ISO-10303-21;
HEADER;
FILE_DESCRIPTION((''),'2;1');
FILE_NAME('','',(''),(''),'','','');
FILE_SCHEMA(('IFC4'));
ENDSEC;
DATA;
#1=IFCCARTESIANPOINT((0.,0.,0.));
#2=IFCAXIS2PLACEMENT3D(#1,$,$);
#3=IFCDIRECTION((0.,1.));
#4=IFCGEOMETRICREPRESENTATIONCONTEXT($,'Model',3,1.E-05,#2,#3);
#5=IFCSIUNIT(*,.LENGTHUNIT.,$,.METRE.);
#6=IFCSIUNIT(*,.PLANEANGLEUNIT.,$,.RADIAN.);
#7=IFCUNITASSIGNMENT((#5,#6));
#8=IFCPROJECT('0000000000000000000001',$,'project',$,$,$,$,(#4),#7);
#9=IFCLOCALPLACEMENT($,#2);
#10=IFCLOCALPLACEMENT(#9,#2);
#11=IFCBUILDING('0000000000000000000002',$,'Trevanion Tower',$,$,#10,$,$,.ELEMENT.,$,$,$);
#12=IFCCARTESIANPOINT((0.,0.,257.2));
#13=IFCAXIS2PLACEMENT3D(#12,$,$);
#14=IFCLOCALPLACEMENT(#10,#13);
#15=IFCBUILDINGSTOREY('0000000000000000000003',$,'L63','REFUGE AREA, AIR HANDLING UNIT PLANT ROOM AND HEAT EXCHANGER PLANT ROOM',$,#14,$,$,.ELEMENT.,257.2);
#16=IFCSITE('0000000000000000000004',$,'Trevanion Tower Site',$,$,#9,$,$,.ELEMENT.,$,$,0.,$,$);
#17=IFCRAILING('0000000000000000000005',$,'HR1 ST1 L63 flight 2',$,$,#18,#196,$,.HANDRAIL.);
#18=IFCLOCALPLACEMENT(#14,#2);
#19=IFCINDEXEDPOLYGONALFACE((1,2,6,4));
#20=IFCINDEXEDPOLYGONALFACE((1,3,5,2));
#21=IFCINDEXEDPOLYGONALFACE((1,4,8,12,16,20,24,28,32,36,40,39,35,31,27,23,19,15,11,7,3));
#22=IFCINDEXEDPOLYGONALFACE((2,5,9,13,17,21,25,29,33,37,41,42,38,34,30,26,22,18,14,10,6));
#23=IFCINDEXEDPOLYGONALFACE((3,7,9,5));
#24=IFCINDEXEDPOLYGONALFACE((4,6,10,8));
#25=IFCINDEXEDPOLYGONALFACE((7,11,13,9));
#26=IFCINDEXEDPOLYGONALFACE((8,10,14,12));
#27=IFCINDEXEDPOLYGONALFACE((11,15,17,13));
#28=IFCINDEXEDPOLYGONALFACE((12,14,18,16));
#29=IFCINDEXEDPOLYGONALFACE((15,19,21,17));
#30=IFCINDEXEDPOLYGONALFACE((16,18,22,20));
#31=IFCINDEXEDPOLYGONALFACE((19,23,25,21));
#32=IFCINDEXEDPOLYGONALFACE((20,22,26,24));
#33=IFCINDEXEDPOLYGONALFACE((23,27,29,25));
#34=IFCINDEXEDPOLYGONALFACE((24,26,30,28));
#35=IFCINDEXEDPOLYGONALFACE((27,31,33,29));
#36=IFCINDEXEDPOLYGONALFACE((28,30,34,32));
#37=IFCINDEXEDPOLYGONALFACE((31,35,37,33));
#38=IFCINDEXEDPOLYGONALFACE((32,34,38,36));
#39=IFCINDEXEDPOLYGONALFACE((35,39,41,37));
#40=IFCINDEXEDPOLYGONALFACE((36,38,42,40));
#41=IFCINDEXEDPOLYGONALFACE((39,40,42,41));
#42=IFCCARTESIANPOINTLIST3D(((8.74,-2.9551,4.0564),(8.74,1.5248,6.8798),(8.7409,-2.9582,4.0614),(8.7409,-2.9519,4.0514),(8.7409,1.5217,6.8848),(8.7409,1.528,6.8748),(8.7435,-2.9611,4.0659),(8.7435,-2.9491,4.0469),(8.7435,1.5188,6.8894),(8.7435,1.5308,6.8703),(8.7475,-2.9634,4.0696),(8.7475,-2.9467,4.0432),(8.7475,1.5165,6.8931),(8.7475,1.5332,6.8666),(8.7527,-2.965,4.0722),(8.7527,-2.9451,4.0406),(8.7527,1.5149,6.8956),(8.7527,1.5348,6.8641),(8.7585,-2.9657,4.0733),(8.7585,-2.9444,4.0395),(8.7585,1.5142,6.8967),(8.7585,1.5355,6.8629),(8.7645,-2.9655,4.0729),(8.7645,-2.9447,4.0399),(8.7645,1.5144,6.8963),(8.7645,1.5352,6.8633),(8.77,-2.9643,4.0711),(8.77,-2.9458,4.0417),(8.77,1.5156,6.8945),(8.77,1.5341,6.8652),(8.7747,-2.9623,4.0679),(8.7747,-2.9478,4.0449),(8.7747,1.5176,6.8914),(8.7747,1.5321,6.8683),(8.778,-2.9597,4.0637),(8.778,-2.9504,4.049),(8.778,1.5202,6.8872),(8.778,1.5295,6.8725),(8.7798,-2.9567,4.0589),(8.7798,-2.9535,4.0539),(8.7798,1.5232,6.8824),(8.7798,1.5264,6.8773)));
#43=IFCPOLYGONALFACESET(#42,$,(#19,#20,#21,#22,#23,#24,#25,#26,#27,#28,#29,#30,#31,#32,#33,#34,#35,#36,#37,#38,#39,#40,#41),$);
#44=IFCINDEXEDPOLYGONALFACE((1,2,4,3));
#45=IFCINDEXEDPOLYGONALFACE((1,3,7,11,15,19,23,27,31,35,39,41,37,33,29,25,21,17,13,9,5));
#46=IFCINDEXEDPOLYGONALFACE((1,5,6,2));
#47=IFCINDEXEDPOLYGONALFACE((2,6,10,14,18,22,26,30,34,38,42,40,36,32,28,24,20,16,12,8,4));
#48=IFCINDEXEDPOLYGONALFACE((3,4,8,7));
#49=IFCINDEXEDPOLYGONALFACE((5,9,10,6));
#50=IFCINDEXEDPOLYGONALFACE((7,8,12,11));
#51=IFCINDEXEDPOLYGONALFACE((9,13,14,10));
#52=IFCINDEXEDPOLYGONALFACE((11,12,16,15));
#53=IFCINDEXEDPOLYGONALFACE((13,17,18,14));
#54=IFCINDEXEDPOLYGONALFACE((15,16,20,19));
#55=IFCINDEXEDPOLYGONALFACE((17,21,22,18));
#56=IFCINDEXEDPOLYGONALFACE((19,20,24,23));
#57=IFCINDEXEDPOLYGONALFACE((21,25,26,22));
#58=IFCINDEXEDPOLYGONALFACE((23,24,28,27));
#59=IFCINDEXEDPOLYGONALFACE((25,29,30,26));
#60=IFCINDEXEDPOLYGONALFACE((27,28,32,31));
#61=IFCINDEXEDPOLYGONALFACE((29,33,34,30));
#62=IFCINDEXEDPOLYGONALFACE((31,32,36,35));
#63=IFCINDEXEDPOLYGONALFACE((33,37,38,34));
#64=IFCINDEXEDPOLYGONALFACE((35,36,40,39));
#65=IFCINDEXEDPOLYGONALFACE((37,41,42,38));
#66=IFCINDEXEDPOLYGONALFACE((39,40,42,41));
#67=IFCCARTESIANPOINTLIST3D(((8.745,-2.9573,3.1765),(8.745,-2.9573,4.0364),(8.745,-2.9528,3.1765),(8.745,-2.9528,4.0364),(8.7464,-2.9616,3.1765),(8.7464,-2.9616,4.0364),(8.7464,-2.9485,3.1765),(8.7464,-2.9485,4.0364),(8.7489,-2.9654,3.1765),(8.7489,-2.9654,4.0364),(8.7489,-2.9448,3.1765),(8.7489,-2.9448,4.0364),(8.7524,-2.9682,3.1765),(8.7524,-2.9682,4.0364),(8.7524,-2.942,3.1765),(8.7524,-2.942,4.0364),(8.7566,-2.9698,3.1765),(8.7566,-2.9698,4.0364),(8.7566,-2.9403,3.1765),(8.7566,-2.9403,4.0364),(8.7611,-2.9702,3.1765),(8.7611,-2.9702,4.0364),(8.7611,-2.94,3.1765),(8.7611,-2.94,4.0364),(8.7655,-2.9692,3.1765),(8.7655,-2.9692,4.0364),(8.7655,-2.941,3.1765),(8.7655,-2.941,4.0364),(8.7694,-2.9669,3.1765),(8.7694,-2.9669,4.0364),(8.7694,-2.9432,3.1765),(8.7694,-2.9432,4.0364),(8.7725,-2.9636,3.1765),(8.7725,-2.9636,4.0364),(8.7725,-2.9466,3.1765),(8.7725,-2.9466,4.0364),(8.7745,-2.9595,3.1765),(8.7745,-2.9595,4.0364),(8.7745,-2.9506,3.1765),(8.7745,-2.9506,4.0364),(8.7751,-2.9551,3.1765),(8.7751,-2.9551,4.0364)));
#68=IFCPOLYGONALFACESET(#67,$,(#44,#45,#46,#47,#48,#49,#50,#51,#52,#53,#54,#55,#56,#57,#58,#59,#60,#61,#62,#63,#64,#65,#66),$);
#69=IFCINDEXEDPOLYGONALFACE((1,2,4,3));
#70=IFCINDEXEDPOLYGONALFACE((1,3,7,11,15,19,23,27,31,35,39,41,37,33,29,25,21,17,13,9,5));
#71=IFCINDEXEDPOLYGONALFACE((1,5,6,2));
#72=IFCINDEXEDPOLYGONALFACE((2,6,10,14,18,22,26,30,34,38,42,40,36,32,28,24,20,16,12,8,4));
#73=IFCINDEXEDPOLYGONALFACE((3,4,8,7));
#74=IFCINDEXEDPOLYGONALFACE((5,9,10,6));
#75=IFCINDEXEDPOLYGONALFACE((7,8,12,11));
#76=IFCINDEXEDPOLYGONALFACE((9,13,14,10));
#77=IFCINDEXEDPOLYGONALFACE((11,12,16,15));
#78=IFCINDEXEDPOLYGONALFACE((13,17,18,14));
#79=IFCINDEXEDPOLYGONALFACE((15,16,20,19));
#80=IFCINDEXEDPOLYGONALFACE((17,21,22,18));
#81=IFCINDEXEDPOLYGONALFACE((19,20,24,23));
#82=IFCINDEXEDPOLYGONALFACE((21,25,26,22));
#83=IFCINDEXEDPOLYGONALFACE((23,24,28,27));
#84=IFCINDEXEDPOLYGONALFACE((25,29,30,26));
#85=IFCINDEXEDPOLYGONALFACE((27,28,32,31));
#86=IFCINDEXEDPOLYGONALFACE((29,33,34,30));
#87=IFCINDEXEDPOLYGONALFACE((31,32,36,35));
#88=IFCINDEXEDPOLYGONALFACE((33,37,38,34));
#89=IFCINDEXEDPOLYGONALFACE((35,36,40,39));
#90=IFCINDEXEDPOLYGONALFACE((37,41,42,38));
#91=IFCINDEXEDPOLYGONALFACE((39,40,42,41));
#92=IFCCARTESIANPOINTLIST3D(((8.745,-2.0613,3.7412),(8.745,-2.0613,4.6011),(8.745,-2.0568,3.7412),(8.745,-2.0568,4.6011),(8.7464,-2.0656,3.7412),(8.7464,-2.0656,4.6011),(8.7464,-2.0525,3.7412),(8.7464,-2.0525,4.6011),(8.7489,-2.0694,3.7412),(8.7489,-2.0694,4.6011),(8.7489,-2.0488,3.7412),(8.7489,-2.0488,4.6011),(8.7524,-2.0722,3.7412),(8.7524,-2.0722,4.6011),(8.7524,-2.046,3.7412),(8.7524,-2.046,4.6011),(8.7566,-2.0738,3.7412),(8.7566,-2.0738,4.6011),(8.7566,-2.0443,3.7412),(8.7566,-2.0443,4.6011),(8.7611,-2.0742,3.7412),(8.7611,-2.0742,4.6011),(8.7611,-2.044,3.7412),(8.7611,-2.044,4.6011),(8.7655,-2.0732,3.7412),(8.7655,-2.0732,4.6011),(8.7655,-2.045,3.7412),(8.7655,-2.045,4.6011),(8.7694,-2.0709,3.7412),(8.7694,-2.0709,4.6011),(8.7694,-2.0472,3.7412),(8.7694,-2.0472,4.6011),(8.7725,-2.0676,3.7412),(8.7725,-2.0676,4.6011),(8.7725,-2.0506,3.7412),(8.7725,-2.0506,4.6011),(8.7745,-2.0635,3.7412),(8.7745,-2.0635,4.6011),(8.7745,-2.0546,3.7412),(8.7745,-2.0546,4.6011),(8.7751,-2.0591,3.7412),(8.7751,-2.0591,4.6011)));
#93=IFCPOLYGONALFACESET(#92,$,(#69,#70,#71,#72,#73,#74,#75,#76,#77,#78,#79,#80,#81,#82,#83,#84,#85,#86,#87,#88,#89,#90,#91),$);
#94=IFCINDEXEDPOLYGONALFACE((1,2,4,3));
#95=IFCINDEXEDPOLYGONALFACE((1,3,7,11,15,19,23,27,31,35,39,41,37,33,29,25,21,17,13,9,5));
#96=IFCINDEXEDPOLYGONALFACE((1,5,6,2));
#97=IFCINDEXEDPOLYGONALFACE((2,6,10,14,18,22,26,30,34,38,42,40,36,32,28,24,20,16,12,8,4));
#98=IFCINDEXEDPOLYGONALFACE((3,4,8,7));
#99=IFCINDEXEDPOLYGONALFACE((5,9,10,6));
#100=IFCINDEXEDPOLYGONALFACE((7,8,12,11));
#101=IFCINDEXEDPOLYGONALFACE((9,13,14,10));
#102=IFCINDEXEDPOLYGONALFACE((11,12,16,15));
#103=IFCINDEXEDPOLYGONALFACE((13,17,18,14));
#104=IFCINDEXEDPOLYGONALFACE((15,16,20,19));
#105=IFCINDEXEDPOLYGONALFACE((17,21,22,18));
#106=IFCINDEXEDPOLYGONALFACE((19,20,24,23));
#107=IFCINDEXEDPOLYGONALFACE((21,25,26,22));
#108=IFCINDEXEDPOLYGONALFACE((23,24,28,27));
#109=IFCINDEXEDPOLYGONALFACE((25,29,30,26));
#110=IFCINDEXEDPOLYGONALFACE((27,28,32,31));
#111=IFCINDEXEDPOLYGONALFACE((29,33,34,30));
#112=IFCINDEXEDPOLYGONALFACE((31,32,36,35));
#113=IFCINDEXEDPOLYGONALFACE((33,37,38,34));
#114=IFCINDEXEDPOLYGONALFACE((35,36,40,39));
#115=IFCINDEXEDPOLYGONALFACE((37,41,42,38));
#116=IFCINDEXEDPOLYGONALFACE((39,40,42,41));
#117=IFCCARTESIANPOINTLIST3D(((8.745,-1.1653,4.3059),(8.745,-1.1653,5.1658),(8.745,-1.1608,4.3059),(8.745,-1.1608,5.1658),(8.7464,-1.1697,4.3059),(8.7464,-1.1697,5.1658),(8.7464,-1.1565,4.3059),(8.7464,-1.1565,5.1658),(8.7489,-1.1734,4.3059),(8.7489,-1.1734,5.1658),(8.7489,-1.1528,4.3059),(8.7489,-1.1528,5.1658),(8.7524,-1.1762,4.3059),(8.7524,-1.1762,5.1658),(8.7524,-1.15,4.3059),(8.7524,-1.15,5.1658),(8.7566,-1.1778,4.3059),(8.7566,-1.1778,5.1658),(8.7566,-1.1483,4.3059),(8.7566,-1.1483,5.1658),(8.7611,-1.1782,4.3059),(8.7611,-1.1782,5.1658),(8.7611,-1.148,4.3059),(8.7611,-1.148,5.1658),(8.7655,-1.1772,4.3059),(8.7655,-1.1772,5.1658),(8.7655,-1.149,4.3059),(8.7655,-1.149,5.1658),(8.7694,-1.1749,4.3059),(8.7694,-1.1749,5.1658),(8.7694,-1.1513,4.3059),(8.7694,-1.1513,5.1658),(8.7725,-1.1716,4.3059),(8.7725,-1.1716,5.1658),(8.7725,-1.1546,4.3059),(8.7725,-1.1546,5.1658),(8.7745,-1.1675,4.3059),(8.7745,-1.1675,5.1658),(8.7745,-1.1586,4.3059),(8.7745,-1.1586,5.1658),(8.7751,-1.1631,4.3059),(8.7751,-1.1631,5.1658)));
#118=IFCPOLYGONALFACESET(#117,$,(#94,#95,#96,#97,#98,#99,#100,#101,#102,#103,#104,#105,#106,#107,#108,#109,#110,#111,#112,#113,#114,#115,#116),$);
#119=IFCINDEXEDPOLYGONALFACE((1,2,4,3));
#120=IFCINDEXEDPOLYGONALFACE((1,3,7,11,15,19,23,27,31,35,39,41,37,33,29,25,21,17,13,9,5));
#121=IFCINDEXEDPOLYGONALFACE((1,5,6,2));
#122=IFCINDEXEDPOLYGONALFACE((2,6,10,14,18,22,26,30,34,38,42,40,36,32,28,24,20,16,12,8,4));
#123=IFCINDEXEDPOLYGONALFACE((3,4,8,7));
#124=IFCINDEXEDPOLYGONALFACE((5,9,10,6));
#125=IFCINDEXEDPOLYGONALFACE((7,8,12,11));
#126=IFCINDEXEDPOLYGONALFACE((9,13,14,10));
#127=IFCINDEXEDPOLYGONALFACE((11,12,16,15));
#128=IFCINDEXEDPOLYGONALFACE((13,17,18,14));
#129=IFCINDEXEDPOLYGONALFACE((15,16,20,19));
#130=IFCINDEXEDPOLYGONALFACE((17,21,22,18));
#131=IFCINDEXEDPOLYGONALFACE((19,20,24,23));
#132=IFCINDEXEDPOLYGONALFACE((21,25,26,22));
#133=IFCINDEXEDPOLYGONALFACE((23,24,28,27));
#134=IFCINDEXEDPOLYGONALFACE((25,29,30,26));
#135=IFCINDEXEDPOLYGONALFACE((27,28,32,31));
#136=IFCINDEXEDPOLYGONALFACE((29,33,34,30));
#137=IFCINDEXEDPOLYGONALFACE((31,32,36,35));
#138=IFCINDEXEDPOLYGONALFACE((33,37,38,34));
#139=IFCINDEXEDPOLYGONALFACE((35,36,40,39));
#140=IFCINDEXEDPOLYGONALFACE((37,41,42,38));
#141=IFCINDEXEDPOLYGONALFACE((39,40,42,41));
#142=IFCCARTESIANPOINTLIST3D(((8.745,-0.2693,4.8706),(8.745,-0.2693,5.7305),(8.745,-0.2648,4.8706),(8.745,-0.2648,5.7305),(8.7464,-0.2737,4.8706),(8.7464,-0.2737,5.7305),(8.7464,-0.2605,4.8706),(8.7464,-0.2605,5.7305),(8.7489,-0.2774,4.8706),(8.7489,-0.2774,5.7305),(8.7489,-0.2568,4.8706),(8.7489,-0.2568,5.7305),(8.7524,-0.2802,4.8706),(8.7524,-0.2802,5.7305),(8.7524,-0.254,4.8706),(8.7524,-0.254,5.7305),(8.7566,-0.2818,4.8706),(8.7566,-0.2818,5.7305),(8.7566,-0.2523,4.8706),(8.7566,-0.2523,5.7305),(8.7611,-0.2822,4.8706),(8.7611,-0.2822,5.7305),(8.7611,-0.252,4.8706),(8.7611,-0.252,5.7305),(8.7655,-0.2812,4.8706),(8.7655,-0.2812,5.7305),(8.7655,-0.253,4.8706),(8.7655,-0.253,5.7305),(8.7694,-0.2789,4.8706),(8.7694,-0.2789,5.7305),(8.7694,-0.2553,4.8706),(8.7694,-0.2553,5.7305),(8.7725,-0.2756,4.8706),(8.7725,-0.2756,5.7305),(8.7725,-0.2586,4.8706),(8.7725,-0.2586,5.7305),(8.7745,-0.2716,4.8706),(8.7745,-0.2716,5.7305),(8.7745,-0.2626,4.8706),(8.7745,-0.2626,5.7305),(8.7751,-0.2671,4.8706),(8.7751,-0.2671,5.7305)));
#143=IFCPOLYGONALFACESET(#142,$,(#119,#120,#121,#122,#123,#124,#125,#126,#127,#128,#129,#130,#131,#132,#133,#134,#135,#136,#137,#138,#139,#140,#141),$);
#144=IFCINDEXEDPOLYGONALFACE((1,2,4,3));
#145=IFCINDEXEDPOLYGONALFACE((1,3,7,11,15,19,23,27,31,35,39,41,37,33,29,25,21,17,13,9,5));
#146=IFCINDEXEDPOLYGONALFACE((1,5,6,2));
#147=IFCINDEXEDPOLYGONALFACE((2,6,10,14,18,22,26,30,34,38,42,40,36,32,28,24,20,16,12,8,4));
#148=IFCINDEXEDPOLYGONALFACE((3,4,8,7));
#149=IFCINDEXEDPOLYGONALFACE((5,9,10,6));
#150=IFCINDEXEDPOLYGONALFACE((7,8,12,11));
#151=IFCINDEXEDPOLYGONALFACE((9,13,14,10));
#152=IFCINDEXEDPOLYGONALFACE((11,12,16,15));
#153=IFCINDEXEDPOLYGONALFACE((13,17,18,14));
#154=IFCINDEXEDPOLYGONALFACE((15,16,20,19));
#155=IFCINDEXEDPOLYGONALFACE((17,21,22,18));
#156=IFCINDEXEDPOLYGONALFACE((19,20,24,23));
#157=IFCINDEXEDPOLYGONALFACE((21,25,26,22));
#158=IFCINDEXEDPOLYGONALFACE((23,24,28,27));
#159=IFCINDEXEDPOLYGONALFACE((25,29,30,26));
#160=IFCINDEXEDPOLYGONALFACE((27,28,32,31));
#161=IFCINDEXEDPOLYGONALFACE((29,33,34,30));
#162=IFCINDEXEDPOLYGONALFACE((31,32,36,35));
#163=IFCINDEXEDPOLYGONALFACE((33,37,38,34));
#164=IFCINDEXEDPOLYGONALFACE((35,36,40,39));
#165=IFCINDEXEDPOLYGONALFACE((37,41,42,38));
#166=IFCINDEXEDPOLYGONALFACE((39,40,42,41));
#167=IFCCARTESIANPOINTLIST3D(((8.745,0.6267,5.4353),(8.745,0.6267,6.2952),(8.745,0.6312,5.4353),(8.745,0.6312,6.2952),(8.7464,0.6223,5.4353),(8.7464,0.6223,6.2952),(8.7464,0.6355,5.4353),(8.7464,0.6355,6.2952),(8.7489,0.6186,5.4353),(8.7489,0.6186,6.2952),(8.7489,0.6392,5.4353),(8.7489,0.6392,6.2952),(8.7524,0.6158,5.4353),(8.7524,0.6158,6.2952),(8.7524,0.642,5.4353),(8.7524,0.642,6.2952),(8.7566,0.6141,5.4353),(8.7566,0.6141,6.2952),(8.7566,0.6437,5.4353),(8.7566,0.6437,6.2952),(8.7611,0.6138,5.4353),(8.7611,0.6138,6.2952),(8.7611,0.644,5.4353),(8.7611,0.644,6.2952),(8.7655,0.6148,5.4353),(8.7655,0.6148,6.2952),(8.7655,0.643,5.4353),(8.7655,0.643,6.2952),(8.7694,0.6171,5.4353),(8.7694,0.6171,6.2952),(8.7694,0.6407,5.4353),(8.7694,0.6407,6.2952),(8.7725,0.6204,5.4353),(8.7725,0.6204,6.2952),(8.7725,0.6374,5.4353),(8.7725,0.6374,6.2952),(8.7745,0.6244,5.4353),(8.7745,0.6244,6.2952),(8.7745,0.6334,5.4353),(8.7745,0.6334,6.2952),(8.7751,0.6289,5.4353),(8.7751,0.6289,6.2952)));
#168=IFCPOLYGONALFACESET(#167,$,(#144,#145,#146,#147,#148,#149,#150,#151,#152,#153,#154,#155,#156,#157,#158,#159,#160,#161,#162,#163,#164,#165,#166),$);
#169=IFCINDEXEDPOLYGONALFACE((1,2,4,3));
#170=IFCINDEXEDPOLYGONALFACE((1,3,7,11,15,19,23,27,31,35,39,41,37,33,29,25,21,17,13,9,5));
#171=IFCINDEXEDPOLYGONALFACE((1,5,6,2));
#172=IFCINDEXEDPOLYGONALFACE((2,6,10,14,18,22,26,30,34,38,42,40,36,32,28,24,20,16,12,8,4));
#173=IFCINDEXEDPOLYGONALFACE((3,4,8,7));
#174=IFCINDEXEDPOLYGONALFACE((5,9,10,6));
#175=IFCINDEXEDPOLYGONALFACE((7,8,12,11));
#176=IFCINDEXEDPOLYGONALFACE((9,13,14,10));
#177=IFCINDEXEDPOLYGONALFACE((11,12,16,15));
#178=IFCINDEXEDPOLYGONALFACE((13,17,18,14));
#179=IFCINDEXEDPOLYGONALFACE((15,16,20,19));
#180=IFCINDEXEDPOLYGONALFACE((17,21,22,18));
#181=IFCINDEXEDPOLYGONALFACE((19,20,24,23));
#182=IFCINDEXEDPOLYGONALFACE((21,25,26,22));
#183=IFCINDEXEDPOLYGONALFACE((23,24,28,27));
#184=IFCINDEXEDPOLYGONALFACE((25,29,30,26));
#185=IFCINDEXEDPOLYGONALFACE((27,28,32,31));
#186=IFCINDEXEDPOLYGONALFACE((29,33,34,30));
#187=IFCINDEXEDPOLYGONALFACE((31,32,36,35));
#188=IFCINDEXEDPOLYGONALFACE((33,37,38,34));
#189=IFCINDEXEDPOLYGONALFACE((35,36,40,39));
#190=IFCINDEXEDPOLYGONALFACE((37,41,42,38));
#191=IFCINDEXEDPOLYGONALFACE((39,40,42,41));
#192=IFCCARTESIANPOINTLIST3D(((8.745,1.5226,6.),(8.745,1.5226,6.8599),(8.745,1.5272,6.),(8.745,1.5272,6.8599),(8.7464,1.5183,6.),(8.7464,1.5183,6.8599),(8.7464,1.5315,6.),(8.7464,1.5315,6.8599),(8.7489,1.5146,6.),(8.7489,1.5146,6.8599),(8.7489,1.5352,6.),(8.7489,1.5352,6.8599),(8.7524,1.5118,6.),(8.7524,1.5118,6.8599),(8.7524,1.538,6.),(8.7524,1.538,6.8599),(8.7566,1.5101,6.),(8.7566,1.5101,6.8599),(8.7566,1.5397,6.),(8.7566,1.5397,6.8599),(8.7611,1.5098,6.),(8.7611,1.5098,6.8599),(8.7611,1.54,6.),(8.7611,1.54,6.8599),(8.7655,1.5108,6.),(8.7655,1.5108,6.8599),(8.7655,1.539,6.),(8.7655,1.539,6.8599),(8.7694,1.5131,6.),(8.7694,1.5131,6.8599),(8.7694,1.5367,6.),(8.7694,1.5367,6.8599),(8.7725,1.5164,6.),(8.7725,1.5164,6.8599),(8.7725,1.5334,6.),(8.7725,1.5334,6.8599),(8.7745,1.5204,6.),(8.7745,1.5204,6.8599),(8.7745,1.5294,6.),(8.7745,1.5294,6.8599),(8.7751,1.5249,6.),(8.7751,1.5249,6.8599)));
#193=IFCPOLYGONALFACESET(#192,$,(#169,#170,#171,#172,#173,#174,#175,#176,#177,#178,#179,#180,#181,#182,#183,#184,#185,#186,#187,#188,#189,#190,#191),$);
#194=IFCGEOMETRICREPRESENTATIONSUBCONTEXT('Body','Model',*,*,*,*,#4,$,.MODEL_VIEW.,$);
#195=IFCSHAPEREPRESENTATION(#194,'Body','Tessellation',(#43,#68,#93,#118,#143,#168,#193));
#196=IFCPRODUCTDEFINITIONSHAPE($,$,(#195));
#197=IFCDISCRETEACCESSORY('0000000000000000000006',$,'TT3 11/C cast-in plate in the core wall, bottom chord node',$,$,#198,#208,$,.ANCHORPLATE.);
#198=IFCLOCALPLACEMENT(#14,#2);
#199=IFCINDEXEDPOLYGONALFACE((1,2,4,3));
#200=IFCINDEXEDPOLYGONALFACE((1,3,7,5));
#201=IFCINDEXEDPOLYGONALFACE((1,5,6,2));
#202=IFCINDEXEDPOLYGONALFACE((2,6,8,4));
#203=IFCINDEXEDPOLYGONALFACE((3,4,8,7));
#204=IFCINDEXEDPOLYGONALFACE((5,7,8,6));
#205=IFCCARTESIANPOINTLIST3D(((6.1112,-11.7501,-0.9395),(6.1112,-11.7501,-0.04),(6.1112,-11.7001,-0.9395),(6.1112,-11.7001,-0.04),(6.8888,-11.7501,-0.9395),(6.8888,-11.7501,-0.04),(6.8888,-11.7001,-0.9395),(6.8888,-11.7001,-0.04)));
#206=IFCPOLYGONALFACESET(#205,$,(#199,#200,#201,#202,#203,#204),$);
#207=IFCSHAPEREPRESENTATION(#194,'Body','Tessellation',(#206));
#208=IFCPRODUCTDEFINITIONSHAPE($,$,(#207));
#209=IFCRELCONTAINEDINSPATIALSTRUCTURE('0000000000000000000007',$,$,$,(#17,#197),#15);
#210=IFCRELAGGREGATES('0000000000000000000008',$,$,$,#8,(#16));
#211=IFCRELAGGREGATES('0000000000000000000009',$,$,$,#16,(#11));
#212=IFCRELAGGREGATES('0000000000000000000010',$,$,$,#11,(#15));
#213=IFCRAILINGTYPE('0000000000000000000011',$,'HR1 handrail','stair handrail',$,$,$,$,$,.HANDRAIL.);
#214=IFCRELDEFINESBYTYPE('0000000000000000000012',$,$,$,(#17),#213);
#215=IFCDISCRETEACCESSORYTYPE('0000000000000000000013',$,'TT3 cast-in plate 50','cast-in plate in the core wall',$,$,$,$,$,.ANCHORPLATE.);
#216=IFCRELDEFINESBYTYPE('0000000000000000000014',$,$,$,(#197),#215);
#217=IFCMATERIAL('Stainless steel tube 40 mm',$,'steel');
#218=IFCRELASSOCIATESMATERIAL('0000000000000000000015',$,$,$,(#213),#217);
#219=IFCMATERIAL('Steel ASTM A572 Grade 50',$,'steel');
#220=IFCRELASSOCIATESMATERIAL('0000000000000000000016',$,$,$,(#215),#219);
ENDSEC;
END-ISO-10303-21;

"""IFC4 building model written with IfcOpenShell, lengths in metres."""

from ifc_helpers import new_model, si_unit, direction, frame, origin, origin_2d, place, context, subcontext, project, spatial, rectangle, circle, extrude, material, type_object, element, save


model = new_model("IFC4")

# Units and contexts
model_context = context("Model", 3, precision=1e-05, world=origin(), true_north=direction((0.0, 1.0)))
body_context = subcontext(model_context, "Body", "Model", "MODEL_VIEW")
ifc_project = project(units=[si_unit("LENGTHUNIT", "METRE"), si_unit("PLANEANGLEUNIT", "RADIAN")], contexts=[model_context])

# Site, building, storey
site_placement = place(None, origin())
site = spatial("IfcSite", under=ifc_project, at=site_placement, Name="Trevanion Tower Site", CompositionType="ELEMENT", RefElevation=0.0)
building_placement = place(site_placement, origin())
building = spatial("IfcBuilding", under=site, at=building_placement, Name="Trevanion Tower", CompositionType="ELEMENT")
storey_placement = place(building_placement, frame((0.0, 0.0, 257.2)))
storey = spatial("IfcBuildingStorey", under=building, at=storey_placement, Name="L63", Description="REFUGE AREA, AIR HANDLING UNIT PLANT ROOM AND HEAT EXCHANGER PLANT ROOM", CompositionType="ELEMENT", Elevation=257.2)

# Railing
ifc_material_1 = material(Name="Stainless steel tube 40 mm", Category="steel")
railing_type = type_object("IfcRailingType", Name="HR1 handrail", Description="stair handrail", PredefinedType="HANDRAIL", material=ifc_material_1)
for number, where, name in (
    (1, (8.76, -2.9551, 3.1765), "HR1 ST1 L63 flight 2"),
):
    element("IfcRailing", number, at=place(storey_placement, frame(where)), inside=storey, type_object=railing_type, Name=name, PredefinedType="HANDRAIL", context=body_context, shape_type="SweptSolid", body=[
        extrude(circle(Radius=0.02, at=origin_2d()), frame((0.0, 0.0, 0.8799), z_axis=(0.0, 0.845998, 0.533186), x_axis=(-1.0, 0.0, 0.0)), (0.0, 0.0, 1.0), 5.2954),
        extrude(circle(Radius=0.0151, at=origin_2d()), origin(), (0.0, 0.0, 1.0), 0.8599),
        extrude(circle(Radius=0.0151, at=origin_2d()), frame((0.0, 0.896, 0.5647)), (0.0, 0.0, 1.0), 0.8599),
        extrude(circle(Radius=0.0151, at=origin_2d()), frame((0.0, 1.792, 1.1294)), (0.0, 0.0, 1.0), 0.8599),
        extrude(circle(Radius=0.0151, at=origin_2d()), frame((0.0, 2.688, 1.6941)), (0.0, 0.0, 1.0), 0.8599),
        extrude(circle(Radius=0.0151, at=origin_2d()), frame((0.0, 3.584, 2.2588)), (0.0, 0.0, 1.0), 0.8599),
        extrude(circle(Radius=0.0151, at=origin_2d()), frame((0.0, 4.48, 2.8235)), (0.0, 0.0, 1.0), 0.8599),
    ])

# Discrete accessory
ifc_material_2 = material(Name="Steel ASTM A572 Grade 50", Category="steel")
discrete_accessory_type = type_object("IfcDiscreteAccessoryType", Name="TT3 cast-in plate 50", Description="cast-in plate in the core wall", PredefinedType="ANCHORPLATE", material=ifc_material_2)
for number, where, z_axis, x_axis, name in (
    (2, (6.5, -11.7251, -0.9395), (0.0, 0.0, 1.0), (0.0, -1.0, 0.0), "TT3 11/C cast-in plate in the core wall, bottom chord node"),
):
    element("IfcDiscreteAccessory", number, at=place(storey_placement, frame(where, z_axis=z_axis, x_axis=x_axis)), inside=storey, type_object=discrete_accessory_type, Name=name, PredefinedType="ANCHORPLATE", context=body_context, shape_type="SweptSolid", body=[
        extrude(rectangle(XDim=0.05, YDim=0.7776, at=origin_2d()), origin(), (0.0, 0.0, 1.0), 0.8994),
    ])

save(model, "model.ifc")
